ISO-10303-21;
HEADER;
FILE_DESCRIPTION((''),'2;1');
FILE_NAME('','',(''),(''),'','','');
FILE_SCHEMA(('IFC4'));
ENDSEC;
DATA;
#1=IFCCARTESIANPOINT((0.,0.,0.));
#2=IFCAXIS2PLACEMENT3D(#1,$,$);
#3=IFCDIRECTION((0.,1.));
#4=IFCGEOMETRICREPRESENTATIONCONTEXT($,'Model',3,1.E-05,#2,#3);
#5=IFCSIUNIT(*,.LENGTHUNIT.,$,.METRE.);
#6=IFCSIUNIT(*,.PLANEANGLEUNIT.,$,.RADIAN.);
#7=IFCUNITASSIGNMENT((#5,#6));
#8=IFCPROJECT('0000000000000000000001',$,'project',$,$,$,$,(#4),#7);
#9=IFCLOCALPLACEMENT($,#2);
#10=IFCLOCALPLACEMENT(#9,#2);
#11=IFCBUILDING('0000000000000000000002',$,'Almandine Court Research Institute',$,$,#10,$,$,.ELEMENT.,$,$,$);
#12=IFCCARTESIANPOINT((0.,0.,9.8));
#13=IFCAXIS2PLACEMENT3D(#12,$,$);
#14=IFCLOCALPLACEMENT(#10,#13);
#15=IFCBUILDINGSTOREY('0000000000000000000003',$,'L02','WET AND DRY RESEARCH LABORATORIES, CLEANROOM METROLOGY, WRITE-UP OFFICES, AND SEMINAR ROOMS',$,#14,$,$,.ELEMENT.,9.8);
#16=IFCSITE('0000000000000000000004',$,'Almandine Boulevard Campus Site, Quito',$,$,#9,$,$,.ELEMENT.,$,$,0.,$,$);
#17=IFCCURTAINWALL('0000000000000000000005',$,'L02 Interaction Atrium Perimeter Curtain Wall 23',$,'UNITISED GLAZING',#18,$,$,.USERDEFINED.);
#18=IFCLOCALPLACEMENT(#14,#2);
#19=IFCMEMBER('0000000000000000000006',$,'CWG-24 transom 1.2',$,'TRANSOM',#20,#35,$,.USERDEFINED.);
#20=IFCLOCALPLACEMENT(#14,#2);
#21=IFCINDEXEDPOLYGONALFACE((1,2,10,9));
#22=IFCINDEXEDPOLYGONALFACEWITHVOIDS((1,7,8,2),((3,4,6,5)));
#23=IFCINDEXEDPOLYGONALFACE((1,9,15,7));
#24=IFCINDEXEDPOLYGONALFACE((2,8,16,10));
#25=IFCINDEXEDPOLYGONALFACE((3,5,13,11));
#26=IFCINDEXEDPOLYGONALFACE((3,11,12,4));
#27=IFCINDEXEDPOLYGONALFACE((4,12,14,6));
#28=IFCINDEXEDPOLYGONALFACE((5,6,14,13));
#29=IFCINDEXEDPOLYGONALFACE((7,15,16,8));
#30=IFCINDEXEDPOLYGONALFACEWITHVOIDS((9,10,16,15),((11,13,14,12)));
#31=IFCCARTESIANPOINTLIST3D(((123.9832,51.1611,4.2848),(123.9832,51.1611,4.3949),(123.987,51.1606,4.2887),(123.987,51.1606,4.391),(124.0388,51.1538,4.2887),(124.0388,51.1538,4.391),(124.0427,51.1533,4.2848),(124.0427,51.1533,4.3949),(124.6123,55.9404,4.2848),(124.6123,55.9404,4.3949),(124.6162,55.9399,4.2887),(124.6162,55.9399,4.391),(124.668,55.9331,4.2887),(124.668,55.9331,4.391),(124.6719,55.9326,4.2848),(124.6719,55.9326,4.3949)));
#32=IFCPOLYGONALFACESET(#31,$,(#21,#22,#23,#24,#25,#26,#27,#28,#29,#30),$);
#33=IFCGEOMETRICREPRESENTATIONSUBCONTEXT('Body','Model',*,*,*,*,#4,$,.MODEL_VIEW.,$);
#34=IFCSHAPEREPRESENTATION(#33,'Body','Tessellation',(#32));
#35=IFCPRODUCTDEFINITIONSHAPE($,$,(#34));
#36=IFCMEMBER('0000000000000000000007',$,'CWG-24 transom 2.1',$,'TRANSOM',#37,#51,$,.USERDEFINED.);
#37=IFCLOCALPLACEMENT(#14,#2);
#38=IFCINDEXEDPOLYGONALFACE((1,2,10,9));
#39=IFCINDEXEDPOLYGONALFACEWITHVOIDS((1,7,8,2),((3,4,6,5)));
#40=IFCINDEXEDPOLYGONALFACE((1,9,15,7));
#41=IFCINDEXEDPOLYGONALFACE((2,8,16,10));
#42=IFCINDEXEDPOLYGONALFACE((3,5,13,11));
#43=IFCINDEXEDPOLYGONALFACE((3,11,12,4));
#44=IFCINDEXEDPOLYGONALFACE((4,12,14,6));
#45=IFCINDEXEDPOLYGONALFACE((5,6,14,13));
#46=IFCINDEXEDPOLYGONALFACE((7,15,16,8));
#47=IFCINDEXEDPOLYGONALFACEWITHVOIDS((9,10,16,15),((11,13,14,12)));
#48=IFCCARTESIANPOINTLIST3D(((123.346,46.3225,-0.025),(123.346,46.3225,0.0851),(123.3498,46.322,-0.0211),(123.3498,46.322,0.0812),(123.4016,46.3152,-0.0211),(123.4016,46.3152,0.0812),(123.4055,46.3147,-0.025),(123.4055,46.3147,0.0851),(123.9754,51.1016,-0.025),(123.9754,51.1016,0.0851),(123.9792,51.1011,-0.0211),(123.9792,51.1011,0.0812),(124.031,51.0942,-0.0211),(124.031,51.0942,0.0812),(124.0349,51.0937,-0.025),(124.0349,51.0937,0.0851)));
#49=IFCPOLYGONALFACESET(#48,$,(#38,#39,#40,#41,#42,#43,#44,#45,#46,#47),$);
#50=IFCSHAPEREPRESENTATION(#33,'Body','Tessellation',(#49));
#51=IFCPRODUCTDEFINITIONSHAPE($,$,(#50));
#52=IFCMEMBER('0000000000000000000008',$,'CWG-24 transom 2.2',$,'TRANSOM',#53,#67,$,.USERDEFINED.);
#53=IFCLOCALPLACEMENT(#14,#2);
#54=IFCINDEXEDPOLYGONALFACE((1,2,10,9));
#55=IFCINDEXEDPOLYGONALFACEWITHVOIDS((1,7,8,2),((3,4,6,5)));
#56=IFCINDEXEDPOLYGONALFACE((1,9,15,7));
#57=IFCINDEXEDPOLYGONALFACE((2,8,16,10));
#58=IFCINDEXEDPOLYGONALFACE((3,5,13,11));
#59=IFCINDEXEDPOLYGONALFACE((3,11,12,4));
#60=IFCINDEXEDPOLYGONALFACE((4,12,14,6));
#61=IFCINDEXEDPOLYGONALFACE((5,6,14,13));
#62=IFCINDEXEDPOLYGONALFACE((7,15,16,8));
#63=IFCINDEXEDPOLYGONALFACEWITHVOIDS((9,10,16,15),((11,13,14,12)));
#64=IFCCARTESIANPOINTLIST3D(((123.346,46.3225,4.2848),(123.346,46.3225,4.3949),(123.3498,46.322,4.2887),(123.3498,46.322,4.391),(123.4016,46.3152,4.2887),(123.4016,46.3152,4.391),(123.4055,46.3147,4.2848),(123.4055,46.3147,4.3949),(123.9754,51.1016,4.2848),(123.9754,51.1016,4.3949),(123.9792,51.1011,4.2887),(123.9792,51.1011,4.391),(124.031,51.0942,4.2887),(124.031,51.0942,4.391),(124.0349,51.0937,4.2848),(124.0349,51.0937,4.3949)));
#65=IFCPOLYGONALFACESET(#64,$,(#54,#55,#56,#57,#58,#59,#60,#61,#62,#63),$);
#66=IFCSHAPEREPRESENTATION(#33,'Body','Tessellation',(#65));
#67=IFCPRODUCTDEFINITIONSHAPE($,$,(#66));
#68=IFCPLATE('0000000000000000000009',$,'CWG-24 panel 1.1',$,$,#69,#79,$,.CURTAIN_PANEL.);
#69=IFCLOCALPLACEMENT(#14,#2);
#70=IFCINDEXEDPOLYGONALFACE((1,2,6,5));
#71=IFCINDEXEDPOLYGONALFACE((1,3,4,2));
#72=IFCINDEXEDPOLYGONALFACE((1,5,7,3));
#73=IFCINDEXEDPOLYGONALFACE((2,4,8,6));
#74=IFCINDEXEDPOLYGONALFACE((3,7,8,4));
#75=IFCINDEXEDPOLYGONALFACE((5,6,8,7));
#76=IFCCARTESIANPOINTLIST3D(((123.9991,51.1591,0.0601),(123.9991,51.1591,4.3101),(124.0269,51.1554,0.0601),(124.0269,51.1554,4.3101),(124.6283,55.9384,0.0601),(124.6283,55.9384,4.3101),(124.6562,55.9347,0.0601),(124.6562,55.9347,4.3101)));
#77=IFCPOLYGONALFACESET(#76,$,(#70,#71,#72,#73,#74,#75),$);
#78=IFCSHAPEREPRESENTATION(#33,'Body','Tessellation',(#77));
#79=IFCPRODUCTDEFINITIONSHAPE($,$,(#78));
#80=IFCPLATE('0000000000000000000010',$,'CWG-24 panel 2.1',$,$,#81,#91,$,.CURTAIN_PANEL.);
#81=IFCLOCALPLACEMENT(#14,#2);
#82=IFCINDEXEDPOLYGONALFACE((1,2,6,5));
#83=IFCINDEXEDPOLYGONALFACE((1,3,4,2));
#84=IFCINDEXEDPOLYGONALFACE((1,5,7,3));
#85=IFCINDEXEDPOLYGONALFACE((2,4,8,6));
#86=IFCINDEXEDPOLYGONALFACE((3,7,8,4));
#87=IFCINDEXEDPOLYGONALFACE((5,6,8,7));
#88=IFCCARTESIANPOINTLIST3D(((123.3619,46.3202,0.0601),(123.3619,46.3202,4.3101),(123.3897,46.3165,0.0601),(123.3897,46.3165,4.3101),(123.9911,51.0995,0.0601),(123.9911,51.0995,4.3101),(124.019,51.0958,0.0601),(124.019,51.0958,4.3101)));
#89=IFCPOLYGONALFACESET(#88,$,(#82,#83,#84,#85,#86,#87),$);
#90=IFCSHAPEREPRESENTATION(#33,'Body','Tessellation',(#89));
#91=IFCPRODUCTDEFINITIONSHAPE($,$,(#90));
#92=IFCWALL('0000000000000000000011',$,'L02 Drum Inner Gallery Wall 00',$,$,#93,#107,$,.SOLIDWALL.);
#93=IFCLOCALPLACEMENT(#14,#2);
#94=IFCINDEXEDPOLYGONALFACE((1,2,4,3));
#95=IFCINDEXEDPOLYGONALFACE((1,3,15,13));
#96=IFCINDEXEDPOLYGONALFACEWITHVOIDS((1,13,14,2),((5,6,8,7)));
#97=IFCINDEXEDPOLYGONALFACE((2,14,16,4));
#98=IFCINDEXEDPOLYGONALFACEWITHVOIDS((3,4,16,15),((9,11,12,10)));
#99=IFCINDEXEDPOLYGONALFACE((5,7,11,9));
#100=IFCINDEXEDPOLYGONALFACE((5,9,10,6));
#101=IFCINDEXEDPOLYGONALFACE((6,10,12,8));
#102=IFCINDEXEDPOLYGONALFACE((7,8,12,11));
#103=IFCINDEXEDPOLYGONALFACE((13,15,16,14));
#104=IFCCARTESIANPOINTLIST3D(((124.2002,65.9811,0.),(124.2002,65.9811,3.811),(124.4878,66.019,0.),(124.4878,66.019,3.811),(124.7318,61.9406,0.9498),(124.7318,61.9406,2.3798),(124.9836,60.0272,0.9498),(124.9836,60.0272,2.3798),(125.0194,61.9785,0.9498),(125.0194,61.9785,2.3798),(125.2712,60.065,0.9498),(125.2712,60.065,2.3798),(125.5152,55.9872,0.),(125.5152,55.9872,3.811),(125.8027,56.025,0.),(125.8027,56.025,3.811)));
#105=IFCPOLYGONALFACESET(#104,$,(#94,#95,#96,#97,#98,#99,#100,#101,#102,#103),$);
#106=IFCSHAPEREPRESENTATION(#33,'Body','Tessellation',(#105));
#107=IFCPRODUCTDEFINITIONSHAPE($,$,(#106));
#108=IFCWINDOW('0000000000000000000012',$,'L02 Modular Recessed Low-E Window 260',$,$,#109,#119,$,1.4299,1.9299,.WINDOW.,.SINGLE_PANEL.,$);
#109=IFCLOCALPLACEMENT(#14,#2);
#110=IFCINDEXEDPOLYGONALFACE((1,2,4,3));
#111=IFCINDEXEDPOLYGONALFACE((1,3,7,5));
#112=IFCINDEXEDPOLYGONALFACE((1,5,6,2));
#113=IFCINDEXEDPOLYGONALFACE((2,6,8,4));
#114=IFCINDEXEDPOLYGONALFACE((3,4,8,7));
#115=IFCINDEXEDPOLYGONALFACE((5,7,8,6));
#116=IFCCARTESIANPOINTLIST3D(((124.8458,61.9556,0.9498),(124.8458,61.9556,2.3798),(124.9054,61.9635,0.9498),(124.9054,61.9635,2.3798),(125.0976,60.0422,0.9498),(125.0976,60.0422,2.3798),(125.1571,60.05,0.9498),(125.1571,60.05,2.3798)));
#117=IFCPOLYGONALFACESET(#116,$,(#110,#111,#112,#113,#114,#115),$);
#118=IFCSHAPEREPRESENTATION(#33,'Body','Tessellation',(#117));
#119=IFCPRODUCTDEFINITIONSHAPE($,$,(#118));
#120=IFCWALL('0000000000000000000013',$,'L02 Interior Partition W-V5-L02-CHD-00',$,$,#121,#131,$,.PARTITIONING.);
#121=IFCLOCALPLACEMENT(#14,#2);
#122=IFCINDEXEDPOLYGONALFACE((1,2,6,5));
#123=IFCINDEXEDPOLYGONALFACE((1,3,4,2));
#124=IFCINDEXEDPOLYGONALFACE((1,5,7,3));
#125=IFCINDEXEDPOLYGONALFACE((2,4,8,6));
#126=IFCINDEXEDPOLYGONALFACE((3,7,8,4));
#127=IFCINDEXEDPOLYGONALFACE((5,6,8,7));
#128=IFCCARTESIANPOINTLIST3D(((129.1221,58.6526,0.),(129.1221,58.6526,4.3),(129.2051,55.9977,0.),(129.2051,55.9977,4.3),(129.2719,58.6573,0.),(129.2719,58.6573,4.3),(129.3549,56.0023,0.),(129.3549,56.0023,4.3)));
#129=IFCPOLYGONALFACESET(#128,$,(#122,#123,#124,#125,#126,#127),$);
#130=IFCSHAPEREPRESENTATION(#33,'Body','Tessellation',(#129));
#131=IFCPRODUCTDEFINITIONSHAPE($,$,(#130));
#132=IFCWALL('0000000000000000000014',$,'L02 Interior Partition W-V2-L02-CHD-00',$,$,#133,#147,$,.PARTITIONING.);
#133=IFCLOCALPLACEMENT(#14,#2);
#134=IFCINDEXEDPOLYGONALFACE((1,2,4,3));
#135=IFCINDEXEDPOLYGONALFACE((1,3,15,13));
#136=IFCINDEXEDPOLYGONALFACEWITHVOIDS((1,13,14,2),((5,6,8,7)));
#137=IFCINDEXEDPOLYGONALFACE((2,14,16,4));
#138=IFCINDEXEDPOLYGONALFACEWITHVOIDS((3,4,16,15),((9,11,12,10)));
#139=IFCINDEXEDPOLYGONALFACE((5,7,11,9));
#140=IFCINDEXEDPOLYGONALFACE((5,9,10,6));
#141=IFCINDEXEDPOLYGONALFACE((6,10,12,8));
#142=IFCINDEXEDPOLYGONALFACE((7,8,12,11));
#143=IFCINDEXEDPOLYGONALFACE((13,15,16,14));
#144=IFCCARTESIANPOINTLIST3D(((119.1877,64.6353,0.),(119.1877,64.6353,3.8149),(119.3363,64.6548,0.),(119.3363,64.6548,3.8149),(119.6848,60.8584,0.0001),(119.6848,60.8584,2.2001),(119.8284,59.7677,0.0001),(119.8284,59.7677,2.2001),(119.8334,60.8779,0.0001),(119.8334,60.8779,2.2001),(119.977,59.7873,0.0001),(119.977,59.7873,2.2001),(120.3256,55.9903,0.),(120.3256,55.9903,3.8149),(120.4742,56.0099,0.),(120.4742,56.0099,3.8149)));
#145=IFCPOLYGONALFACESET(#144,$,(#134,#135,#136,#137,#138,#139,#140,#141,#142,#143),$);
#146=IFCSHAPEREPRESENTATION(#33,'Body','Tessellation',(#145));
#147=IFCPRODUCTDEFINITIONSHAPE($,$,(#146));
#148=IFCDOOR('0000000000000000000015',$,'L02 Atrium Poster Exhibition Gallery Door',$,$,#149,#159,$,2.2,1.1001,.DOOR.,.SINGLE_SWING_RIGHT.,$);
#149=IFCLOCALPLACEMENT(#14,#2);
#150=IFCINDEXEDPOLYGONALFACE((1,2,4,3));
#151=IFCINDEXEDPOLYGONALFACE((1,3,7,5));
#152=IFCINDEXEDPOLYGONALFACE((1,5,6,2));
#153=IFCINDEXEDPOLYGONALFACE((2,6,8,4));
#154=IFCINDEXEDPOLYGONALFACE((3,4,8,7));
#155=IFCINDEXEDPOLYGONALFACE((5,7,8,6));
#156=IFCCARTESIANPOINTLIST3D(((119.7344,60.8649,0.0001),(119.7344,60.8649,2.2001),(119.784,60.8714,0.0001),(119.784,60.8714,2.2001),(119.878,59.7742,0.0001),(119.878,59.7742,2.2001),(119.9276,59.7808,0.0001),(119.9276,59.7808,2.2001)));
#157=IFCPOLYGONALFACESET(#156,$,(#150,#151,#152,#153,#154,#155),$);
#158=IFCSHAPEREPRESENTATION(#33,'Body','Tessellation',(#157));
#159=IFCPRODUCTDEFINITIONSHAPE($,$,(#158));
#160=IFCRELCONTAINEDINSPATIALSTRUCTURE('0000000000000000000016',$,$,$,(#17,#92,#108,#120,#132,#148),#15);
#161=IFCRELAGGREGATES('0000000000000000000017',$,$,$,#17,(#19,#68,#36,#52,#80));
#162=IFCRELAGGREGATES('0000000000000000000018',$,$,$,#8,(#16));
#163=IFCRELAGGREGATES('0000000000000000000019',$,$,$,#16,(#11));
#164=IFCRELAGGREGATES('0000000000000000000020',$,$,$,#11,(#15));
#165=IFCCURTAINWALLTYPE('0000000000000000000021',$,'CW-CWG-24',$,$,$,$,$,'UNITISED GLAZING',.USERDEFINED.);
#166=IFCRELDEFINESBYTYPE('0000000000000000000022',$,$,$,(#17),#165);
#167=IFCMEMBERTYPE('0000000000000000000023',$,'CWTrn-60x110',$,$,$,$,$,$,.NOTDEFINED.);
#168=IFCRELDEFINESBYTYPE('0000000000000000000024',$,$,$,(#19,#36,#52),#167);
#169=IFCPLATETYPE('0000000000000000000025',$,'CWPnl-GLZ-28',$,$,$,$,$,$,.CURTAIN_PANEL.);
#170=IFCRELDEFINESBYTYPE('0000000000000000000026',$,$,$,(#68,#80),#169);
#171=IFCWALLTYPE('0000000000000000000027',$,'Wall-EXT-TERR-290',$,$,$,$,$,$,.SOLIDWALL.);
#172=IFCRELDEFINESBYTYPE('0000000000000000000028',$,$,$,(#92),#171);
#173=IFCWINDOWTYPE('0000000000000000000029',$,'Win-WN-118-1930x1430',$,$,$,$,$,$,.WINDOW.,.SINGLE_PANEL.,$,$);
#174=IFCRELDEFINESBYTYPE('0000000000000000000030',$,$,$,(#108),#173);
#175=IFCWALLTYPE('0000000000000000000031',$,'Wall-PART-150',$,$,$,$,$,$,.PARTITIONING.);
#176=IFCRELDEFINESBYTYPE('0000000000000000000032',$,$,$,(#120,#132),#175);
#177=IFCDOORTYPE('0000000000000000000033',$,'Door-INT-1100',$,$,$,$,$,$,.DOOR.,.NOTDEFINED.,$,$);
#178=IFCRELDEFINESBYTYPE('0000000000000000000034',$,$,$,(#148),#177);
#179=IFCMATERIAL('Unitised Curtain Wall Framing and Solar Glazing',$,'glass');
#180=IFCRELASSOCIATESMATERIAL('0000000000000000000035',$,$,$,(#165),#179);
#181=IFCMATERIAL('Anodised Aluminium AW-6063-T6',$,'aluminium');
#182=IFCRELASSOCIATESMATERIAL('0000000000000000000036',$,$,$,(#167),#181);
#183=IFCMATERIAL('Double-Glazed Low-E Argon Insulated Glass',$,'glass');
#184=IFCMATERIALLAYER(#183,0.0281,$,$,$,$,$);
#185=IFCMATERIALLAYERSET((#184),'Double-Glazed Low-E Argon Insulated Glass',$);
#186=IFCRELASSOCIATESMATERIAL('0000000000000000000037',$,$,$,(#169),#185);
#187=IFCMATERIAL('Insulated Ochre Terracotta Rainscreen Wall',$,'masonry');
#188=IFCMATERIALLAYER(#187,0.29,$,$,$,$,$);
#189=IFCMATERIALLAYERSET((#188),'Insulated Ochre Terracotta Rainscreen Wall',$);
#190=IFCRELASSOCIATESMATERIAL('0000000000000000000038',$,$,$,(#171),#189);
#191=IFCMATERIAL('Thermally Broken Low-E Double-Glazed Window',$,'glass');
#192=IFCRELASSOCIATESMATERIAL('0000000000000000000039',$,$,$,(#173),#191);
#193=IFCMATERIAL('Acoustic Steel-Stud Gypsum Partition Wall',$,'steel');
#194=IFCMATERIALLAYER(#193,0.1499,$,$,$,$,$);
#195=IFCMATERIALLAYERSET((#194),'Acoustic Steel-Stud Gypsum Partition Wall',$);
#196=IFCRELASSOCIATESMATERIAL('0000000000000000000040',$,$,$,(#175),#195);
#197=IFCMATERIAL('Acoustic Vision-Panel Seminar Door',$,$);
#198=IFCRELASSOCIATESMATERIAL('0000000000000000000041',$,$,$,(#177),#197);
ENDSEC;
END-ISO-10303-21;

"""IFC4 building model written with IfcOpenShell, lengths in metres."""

from ifc_helpers import new_model, si_unit, direction, frame, frame_2d, origin, origin_2d, place, context, subcontext, project, spatial, rectangle, hollow_rectangle, extrude, material, layer, layer_set, material_profile, profile_set, type_object, element, fill, aggregate, save


model = new_model("IFC4")

# Units and contexts
model_context = context("Model", 3, precision=1e-05, world=origin(), true_north=direction((0.0, 1.0)))
body_context = subcontext(model_context, "Body", "Model", "MODEL_VIEW")
ifc_project = project(units=[si_unit("LENGTHUNIT", "METRE"), si_unit("PLANEANGLEUNIT", "RADIAN")], contexts=[model_context])

# Site, building, storey
site_placement = place(None, origin())
site = spatial("IfcSite", under=ifc_project, at=site_placement, Name="Almandine Boulevard Campus Site, Quito", CompositionType="ELEMENT", RefElevation=0.0)
building_placement = place(site_placement, origin())
building = spatial("IfcBuilding", under=site, at=building_placement, Name="Almandine Court Research Institute", CompositionType="ELEMENT")
storey_placement = place(building_placement, frame((0.0, 0.0, 9.8)))
storey = spatial("IfcBuildingStorey", under=building, at=storey_placement, Name="L02", Description="WET AND DRY RESEARCH LABORATORIES, CLEANROOM METROLOGY, WRITE-UP OFFICES, AND SEMINAR ROOMS", CompositionType="ELEMENT", Elevation=9.8)

# Curtain wall, members, plates
ifc_material_1 = material(Name="Unitised Curtain Wall Framing and Solar Glazing", Category="glass")
curtain_wall_type = type_object("IfcCurtainWallType", Name="CW-CWG-24", ElementType="UNITISED GLAZING", PredefinedType="USERDEFINED", material=ifc_material_1)
curtain_wall_placement = place(storey_placement, origin())
curtain_wall = element("IfcCurtainWall", 1, at=curtain_wall_placement, inside=storey, type_object=curtain_wall_type, Name="L02 Interaction Atrium Perimeter Curtain Wall 23", ObjectType="UNITISED GLAZING", PredefinedType="USERDEFINED")
ifc_material_2 = material(Name="Anodised Aluminium AW-6063-T6", Category="aluminium")
ifc_material_profile_1 = material_profile(ifc_material_2, hollow_rectangle(XDim=0.0601, YDim=0.1101, WallThickness=0.0039, at=origin_2d()), Name="ALU RHS 60x110x4")
ifc_profile_set_1 = profile_set([ifc_material_profile_1], Name="Anodised Aluminium AW-6063-T6")
member_type_1 = type_object("IfcMemberType", Name="CWTrn-60x110", PredefinedType="NOTDEFINED", material=ifc_profile_set_1)
member_1_placement = place(storey_placement, frame((124.6421, 55.9365, 4.3398), z_axis=(-0.130515, -0.991446, 0.0), x_axis=(0.991446, -0.130515, 0.0)))
member_1 = element("IfcMember", 2, at=member_1_placement, type_object=member_type_1, Name="CWG-24 transom 1.2", ObjectType="TRANSOM", PredefinedType="USERDEFINED", context=body_context, shape_type="SweptSolid", body=[
    extrude(hollow_rectangle(XDim=0.0601, YDim=0.1101, WallThickness=0.0039, at=origin_2d()), origin(), (0.0, 0.0, 1.0), 4.8206),
])
member_2_placement = place(storey_placement, frame((124.0051, 51.0977, 0.03), z_axis=(-0.130571, -0.991439, 0.0), x_axis=(0.991439, -0.130571, 0.0)))
member_2 = element("IfcMember", 3, at=member_2_placement, type_object=member_type_1, Name="CWG-24 transom 2.1", ObjectType="TRANSOM", PredefinedType="USERDEFINED", context=body_context, shape_type="SweptSolid", body=[
    extrude(hollow_rectangle(XDim=0.0601, YDim=0.1101, WallThickness=0.0039, at=origin_2d()), origin(), (0.0, 0.0, 1.0), 4.8203),
])
member_3_placement = place(storey_placement, frame((124.0051, 51.0977, 4.3398), z_axis=(-0.130571, -0.991439, 0.0), x_axis=(0.991439, -0.130571, 0.0)))
member_3 = element("IfcMember", 4, at=member_3_placement, type_object=member_type_1, Name="CWG-24 transom 2.2", ObjectType="TRANSOM", PredefinedType="USERDEFINED", context=body_context, shape_type="SweptSolid", body=[
    extrude(hollow_rectangle(XDim=0.0601, YDim=0.1101, WallThickness=0.0039, at=origin_2d()), origin(), (0.0, 0.0, 1.0), 4.8203),
])
ifc_material_3 = material(Name="Double-Glazed Low-E Argon Insulated Glass", Category="glass")
ifc_layer_1 = layer(ifc_material_3, 0.0281)
ifc_layer_set_1 = layer_set([ifc_layer_1], Name="Double-Glazed Low-E Argon Insulated Glass")
plate_type = type_object("IfcPlateType", Name="CWPnl-GLZ-28", PredefinedType="CURTAIN_PANEL", material=ifc_layer_set_1)
plate_1_placement = place(storey_placement, frame((124.3276, 53.5469, 0.0601), z_axis=(0.0, 0.0, 1.0), x_axis=(-0.130536, -0.991444, 0.0)))
plate_1 = element("IfcPlate", 5, at=plate_1_placement, type_object=plate_type, Name="CWG-24 panel 1.1", PredefinedType="CURTAIN_PANEL", context=body_context, shape_type="SweptSolid", body=[
    extrude(rectangle(XDim=4.8206, YDim=0.0281, at=origin_2d()), origin(), (0.0, 0.0, 1.0), 4.25),
])
plate_2_placement = place(storey_placement, frame((123.6904, 48.708, 0.0601), z_axis=(0.0, 0.0, 1.0), x_axis=(-0.130536, -0.991444, 0.0)))
plate_2 = element("IfcPlate", 6, at=plate_2_placement, type_object=plate_type, Name="CWG-24 panel 2.1", PredefinedType="CURTAIN_PANEL", context=body_context, shape_type="SweptSolid", body=[
    extrude(rectangle(XDim=4.8206, YDim=0.0281, at=origin_2d()), origin(), (0.0, 0.0, 1.0), 4.25),
])
aggregate(curtain_wall, [member_1, plate_1, member_2, member_3, plate_2])

# Wall, opening, window
ifc_material_4 = material(Name="Insulated Ochre Terracotta Rainscreen Wall", Category="masonry")
ifc_layer_2 = layer(ifc_material_4, 0.29)
ifc_layer_set_2 = layer_set([ifc_layer_2], Name="Insulated Ochre Terracotta Rainscreen Wall")
wall_type_1 = type_object("IfcWallType", Name="Wall-EXT-TERR-290", PredefinedType="SOLIDWALL", material=ifc_layer_set_2)
wall_1_placement = place(storey_placement, frame((125.6589, 56.0061, 0.0), z_axis=(0.0, 0.0, 1.0), x_axis=(-0.13045, 0.991455, 0.0)))
wall_1 = element("IfcWall", 7, at=wall_1_placement, inside=storey, type_object=wall_type_1, Name="L02 Drum Inner Gallery Wall 00", PredefinedType="SOLIDWALL", context=body_context, shape_type="SweptSolid", body=[
    extrude(rectangle(XDim=10.0801, YDim=0.29, at=frame_2d((5.04, 0.0))), origin(), (0.0, 0.0, 1.0), 3.811),
])
opening_1_placement = place(wall_1_placement, frame((4.075, 0.0, 0.95)))
opening_1 = element("IfcOpeningElement", 8, at=opening_1_placement, cuts=wall_1, PredefinedType="OPENING", context=body_context, shape_type="SweptSolid", body=[
    extrude(rectangle(XDim=1.9299, YDim=1.4299, at=frame_2d((0.9648, 0.7148))), frame((0.0, 0.155, 0.0), z_axis=(0.0, -1.0, 0.0), x_axis=(1.0, 0.0, 0.0)), (0.0, 0.0, 1.0), 0.3101),
])
ifc_material_5 = material(Name="Thermally Broken Low-E Double-Glazed Window", Category="glass")
window_type = type_object("IfcWindowType", Name="Win-WN-118-1930x1430", PartitioningType="SINGLE_PANEL", PredefinedType="WINDOW", material=ifc_material_5)
window_placement = place(opening_1_placement, origin())
window = element("IfcWindow", 9, at=window_placement, inside=storey, type_object=window_type, Name="L02 Modular Recessed Low-E Window 260", OverallHeight=1.4299, OverallWidth=1.9299, PartitioningType="SINGLE_PANEL", PredefinedType="WINDOW", context=body_context, shape_type="SweptSolid", body=[
    extrude(rectangle(XDim=1.9299, YDim=1.4299, at=frame_2d((0.9648, 0.7148))), frame((0.0, 0.03, 0.0), z_axis=(0.0, -1.0, 0.0), x_axis=(1.0, 0.0, 0.0)), (0.0, 0.0, 1.0), 0.0601),
])
fill(opening_1, window)

# Wall
ifc_material_6 = material(Name="Acoustic Steel-Stud Gypsum Partition Wall", Category="steel")
ifc_layer_3 = layer(ifc_material_6, 0.1499)
ifc_layer_set_3 = layer_set([ifc_layer_3], Name="Acoustic Steel-Stud Gypsum Partition Wall")
wall_type_2 = type_object("IfcWallType", Name="Wall-PART-150", PredefinedType="PARTITIONING", material=ifc_layer_set_3)
wall_2_placement = place(storey_placement, frame((129.28, 56.0, 0.0), z_axis=(0.0, 0.0, 1.0), x_axis=(-0.031249, 0.999512, 0.0)))
element("IfcWall", 10, at=wall_2_placement, inside=storey, type_object=wall_type_2, Name="L02 Interior Partition W-V5-L02-CHD-00", PredefinedType="PARTITIONING", context=body_context, shape_type="SweptSolid", body=[
    extrude(rectangle(XDim=2.6562, YDim=0.1499, at=frame_2d((1.3281, 0.0))), origin(), (0.0, 0.0, 1.0), 4.3),
])

# Wall, opening, door
wall_3_placement = place(storey_placement, frame((120.3999, 56.0, 0.0), z_axis=(0.0, 0.0, 1.0), x_axis=(-0.130504, 0.991448, 0.0)))
wall_3 = element("IfcWall", 11, at=wall_3_placement, inside=storey, type_object=wall_type_2, Name="L02 Interior Partition W-V2-L02-CHD-00", PredefinedType="PARTITIONING", context=body_context, shape_type="SweptSolid", body=[
    extrude(rectangle(XDim=8.7195, YDim=0.1499, at=frame_2d((4.3599, 0.0))), origin(), (0.0, 0.0, 1.0), 3.8149),
])
opening_2_placement = place(wall_3_placement, frame((3.8101, 0.0, 0.0)))
opening_2 = element("IfcOpeningElement", 12, at=opening_2_placement, cuts=wall_3, PredefinedType="OPENING", context=body_context, shape_type="SweptSolid", body=[
    extrude(rectangle(XDim=1.1001, YDim=2.2, at=frame_2d((0.55, 1.1001))), frame((0.0, 0.085, 0.0), z_axis=(0.0, -1.0, 0.0), x_axis=(1.0, 0.0, 0.0)), (0.0, 0.0, 1.0), 0.1699),
])
ifc_material_7 = material(Name="Acoustic Vision-Panel Seminar Door")
door_type_1 = type_object("IfcDoorType", Name="Door-INT-1100", OperationType="NOTDEFINED", PredefinedType="DOOR", material=ifc_material_7)
door_1_placement = place(opening_2_placement, origin())
door_1 = element("IfcDoor", 13, at=door_1_placement, inside=storey, type_object=door_type_1, Name="L02 Atrium Poster Exhibition Gallery Door", OperationType="SINGLE_SWING_RIGHT", OverallHeight=2.2, OverallWidth=1.1001, PredefinedType="DOOR", context=body_context, shape_type="SweptSolid", body=[
    extrude(rectangle(XDim=1.1001, YDim=2.2, at=frame_2d((0.55, 1.1001))), frame((0.0, 0.0249, 0.0), z_axis=(0.0, -1.0, 0.0), x_axis=(1.0, 0.0, 0.0)), (0.0, 0.0, 1.0), 0.05),
])
fill(opening_2, door_1)

save(model, "model.ifc")
